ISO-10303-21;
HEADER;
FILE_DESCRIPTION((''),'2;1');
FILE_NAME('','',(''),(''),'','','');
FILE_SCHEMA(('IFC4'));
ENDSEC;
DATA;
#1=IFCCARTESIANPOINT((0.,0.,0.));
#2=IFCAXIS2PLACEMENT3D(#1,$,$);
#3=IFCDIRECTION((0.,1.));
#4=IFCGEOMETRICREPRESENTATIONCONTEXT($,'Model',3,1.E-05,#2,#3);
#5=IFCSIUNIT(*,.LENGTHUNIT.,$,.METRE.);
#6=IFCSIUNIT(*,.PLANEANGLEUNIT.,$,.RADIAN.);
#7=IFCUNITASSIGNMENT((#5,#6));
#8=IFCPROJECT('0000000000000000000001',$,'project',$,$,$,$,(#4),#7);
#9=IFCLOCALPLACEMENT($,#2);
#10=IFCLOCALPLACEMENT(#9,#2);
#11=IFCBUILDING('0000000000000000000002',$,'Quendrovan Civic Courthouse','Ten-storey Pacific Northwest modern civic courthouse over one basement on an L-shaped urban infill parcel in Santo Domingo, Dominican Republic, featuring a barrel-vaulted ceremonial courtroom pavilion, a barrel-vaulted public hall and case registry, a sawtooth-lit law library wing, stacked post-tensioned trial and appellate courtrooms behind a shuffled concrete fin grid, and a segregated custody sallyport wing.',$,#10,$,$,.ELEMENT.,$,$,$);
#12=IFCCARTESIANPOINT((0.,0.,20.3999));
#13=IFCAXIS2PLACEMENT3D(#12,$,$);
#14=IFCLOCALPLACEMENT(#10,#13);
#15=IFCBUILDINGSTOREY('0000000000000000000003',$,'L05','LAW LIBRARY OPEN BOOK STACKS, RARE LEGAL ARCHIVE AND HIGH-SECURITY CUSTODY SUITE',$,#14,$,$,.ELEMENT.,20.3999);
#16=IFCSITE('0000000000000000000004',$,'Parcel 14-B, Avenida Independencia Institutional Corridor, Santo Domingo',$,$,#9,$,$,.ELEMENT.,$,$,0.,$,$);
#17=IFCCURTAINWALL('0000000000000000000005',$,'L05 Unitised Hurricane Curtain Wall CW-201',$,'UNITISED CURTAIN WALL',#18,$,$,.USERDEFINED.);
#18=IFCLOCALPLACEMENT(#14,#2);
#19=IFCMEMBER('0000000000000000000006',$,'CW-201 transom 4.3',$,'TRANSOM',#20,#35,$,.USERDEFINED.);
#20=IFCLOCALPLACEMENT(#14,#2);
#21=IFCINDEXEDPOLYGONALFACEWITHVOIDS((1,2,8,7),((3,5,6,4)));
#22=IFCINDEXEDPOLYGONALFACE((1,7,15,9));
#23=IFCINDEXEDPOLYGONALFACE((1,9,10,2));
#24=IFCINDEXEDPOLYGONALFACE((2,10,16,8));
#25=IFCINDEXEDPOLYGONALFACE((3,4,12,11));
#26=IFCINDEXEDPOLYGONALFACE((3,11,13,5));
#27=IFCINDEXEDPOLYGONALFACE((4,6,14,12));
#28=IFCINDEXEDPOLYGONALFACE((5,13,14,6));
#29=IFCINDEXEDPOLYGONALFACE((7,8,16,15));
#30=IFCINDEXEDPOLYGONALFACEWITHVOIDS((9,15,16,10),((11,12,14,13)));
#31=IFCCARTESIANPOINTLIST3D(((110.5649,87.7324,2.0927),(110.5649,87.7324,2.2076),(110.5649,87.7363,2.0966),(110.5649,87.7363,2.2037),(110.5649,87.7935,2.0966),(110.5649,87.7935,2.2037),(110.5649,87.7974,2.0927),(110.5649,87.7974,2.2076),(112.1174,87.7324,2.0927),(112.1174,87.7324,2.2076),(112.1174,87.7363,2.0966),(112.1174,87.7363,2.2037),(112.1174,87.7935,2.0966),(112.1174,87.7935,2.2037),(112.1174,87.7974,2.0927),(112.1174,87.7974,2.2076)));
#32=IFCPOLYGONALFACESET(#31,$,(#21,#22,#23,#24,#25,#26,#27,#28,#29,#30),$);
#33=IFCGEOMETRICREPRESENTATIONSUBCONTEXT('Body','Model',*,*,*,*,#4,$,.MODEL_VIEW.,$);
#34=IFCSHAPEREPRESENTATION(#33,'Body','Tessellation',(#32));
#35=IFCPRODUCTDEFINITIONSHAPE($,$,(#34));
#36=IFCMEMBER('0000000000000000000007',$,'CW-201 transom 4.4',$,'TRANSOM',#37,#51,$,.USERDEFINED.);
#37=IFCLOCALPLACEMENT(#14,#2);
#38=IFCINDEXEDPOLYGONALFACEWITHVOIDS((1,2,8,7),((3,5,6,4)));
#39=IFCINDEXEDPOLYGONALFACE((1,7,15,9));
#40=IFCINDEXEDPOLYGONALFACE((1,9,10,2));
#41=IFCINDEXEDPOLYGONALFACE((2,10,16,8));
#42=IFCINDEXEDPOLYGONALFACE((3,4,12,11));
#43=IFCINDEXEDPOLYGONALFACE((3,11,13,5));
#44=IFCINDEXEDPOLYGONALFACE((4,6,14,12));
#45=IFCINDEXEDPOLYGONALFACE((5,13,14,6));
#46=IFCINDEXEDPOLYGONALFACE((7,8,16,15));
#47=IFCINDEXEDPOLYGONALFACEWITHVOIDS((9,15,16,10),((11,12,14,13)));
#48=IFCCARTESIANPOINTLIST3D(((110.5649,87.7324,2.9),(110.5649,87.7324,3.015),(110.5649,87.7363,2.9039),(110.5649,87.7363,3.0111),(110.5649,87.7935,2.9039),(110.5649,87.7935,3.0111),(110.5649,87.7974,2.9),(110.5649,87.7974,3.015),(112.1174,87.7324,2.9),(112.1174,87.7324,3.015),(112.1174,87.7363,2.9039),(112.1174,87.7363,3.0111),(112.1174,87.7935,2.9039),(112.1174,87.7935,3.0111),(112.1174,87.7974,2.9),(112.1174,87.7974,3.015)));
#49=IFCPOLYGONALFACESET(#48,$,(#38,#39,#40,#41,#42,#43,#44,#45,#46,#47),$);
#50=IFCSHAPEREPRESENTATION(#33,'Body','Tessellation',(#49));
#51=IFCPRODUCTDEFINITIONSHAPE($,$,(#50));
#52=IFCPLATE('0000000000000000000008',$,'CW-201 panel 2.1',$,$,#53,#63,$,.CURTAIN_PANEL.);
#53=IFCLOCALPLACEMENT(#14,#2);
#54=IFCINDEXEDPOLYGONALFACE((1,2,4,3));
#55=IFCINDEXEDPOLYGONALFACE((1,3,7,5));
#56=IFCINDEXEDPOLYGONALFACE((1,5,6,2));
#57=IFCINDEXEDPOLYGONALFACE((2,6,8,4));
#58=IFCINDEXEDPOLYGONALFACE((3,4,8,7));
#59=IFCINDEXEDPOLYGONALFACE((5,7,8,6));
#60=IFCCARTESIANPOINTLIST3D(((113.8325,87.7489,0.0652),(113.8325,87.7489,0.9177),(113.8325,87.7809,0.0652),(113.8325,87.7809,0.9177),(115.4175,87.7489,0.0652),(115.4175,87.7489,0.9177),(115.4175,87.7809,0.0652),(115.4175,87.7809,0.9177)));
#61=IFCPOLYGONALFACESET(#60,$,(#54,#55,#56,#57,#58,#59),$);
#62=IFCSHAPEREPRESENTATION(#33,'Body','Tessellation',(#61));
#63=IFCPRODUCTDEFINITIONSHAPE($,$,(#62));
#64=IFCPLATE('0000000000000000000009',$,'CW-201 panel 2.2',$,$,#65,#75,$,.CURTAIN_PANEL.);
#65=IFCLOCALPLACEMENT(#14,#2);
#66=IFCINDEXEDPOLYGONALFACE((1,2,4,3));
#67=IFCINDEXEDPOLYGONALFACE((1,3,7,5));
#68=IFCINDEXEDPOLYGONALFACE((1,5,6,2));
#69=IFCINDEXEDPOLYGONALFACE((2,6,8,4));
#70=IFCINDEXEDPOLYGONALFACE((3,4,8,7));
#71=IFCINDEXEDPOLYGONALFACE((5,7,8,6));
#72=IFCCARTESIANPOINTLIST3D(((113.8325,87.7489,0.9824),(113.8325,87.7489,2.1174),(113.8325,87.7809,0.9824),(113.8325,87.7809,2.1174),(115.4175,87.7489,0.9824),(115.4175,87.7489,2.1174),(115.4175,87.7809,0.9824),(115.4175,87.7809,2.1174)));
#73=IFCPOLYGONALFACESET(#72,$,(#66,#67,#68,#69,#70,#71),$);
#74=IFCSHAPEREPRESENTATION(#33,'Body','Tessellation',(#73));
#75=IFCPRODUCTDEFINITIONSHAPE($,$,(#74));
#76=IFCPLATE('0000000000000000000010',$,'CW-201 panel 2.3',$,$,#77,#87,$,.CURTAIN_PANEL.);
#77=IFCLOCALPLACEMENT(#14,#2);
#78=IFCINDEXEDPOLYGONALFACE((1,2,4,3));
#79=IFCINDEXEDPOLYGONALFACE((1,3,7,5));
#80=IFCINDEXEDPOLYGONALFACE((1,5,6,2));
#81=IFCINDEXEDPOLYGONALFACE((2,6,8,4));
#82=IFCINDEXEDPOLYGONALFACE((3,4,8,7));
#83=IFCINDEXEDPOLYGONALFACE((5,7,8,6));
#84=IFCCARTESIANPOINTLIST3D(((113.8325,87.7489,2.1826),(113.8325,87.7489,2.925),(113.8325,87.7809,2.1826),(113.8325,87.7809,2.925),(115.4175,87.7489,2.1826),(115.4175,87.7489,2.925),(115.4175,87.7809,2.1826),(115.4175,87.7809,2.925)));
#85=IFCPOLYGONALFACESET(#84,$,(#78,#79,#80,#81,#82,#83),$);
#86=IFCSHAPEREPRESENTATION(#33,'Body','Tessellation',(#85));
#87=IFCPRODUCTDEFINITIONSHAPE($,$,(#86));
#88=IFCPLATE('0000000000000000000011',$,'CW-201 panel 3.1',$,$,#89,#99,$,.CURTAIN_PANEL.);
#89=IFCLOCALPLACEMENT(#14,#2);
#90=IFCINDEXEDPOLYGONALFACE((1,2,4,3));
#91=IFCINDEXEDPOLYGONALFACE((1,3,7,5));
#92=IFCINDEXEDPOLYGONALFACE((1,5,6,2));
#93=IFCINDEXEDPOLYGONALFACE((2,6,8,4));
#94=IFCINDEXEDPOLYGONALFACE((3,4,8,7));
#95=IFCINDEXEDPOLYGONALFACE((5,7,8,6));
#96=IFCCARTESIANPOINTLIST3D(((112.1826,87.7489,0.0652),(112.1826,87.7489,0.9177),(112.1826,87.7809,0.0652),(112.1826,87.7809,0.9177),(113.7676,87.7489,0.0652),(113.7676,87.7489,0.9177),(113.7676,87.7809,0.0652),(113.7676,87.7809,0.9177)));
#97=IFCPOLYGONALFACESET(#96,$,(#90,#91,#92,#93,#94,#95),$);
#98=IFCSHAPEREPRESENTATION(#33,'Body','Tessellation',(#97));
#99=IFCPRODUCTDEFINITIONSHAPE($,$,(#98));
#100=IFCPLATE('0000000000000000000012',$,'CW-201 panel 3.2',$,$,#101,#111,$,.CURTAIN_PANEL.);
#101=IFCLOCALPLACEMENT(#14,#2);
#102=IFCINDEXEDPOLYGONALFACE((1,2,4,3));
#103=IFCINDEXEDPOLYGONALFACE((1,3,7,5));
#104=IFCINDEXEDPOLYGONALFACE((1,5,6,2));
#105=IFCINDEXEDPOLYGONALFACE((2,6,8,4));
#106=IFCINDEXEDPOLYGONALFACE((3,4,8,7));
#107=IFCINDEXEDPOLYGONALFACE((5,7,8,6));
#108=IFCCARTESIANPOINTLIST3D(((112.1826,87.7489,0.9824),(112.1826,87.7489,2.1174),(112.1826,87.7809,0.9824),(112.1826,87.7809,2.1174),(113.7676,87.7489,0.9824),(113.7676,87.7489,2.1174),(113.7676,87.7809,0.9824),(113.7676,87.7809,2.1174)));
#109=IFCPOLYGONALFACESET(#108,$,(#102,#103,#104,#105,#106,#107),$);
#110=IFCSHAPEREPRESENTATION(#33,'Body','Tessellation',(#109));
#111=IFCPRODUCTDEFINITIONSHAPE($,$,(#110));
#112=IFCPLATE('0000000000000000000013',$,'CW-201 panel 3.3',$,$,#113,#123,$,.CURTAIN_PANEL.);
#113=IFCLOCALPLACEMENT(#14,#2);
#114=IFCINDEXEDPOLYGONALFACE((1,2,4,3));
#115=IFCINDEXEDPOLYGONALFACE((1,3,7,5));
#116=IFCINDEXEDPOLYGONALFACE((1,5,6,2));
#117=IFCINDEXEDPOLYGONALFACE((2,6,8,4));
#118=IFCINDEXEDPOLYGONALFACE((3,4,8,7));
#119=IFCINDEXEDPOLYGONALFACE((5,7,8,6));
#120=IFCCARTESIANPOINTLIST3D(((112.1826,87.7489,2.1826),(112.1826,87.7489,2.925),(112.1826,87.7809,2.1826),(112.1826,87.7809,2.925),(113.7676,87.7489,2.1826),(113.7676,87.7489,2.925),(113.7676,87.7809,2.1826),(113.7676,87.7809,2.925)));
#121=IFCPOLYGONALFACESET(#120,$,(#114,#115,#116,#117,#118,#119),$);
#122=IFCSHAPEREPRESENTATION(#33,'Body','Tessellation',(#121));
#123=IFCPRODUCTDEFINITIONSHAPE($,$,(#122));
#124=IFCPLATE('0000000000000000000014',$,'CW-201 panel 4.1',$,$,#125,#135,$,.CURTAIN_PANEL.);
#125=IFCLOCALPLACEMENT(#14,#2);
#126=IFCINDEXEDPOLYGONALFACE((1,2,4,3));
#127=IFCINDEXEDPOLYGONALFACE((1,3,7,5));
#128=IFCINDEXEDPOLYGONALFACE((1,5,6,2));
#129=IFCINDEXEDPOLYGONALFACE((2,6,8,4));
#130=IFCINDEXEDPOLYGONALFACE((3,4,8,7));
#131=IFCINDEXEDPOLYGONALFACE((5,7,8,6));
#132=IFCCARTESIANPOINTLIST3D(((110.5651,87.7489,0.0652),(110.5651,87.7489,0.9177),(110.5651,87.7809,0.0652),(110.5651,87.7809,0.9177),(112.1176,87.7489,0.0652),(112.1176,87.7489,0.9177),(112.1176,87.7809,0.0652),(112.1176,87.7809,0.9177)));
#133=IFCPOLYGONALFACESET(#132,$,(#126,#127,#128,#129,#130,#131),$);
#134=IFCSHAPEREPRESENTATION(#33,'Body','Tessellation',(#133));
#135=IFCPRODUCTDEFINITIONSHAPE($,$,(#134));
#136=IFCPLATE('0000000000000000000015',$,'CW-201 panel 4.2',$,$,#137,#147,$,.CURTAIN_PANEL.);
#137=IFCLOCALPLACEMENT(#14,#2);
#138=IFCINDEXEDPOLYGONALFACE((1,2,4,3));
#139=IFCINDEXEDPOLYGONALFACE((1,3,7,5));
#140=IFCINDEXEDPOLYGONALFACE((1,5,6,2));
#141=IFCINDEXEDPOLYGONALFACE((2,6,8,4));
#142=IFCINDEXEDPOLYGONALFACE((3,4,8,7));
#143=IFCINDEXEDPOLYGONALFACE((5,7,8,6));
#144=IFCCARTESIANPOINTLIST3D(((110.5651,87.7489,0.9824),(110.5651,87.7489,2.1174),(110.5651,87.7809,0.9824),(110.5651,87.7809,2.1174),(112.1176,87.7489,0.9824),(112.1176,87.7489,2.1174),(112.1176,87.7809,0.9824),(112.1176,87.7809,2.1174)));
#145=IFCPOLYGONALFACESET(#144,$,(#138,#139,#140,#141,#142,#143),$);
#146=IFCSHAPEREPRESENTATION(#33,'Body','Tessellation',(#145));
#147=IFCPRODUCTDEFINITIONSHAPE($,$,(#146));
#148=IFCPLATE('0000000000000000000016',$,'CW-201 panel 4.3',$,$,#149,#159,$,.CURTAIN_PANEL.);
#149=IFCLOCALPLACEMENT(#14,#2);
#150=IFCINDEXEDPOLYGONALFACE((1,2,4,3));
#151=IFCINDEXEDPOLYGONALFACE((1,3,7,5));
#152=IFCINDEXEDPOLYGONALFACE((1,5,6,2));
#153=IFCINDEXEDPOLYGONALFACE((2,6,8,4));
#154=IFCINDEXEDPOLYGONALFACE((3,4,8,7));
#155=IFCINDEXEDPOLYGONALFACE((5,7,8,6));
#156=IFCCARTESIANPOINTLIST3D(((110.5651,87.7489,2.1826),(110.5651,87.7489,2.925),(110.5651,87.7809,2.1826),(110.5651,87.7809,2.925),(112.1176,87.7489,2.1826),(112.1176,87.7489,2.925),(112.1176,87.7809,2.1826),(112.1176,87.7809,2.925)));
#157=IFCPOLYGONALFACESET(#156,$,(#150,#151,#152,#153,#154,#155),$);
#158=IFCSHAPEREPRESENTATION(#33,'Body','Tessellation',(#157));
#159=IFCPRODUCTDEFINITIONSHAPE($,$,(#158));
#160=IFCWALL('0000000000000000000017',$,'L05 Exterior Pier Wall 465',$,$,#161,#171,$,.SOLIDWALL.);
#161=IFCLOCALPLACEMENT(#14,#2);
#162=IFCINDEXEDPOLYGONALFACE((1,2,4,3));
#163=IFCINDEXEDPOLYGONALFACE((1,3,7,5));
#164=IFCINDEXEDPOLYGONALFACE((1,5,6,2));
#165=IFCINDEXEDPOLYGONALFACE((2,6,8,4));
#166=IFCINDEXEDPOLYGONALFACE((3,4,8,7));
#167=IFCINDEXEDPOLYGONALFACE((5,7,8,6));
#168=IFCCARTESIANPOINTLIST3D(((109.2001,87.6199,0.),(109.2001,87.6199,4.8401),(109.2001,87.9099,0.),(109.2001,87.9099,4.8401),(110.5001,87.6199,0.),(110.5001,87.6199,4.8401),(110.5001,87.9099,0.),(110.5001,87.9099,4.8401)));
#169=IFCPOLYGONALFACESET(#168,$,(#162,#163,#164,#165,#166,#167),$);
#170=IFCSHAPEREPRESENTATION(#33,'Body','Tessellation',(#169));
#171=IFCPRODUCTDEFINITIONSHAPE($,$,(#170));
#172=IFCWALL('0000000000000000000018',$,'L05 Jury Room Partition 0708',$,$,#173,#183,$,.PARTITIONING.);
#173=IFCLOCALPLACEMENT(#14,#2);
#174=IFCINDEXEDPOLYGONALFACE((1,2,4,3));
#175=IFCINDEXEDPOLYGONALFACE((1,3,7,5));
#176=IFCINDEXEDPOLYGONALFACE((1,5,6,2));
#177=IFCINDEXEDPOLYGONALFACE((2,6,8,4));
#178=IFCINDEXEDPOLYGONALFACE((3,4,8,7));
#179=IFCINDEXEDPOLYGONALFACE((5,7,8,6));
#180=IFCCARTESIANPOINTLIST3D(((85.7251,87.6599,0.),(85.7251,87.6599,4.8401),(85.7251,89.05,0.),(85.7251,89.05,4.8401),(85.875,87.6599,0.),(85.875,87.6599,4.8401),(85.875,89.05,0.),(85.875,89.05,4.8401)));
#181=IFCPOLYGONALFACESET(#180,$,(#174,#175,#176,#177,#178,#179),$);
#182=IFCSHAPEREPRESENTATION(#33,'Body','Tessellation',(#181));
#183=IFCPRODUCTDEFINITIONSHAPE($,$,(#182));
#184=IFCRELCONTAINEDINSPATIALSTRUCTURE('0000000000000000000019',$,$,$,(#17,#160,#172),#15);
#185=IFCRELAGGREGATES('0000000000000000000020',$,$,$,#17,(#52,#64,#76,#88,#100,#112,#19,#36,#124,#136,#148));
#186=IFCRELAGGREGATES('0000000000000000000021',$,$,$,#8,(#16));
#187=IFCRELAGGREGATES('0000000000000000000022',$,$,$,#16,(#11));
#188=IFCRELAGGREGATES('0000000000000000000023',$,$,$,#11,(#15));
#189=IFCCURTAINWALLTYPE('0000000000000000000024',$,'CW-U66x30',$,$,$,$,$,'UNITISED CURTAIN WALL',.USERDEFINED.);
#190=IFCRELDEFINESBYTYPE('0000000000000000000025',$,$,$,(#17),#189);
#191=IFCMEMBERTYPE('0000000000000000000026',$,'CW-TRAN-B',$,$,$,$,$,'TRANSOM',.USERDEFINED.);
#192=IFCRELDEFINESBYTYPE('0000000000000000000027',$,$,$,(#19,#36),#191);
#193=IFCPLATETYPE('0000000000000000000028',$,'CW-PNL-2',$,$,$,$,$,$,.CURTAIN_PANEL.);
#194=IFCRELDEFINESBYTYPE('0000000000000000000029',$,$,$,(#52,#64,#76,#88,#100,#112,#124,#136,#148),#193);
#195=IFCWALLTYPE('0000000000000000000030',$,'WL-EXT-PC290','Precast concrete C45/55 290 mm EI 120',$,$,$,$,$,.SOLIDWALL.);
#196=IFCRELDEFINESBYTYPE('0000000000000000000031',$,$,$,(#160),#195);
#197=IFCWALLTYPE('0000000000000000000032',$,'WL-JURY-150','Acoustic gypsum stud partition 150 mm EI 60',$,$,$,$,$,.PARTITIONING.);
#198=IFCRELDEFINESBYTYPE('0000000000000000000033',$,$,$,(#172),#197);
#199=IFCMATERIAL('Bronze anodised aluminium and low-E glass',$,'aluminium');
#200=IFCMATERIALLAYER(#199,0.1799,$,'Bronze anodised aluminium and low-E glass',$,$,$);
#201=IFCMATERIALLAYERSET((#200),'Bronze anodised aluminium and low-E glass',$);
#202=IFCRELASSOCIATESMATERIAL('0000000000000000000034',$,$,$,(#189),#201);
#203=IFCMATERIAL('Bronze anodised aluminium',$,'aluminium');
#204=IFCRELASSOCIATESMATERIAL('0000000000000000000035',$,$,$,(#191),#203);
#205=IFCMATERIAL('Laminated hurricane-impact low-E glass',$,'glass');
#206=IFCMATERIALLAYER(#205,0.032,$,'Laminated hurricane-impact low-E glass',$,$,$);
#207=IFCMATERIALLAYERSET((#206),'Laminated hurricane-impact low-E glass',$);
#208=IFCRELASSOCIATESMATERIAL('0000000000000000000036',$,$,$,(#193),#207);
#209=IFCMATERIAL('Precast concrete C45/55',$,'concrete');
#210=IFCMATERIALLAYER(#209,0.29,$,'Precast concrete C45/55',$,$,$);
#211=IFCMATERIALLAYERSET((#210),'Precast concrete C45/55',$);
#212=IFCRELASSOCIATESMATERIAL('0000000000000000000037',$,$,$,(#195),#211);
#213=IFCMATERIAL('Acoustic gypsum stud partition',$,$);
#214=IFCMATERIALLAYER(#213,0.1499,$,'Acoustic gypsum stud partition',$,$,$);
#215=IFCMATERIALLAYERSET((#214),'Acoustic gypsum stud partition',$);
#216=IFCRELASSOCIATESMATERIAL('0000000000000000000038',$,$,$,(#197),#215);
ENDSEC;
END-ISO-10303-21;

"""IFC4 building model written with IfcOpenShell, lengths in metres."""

from ifc_helpers import new_model, si_unit, direction, frame, frame_2d, origin, origin_2d, place, context, subcontext, project, spatial, rectangle, hollow_rectangle, extrude, material, layer, layer_set, material_profile, profile_set, type_object, element, aggregate, save


model = new_model("IFC4")

# Units and contexts
model_context = context("Model", 3, precision=1e-05, world=origin(), true_north=direction((0.0, 1.0)))
body_context = subcontext(model_context, "Body", "Model", "MODEL_VIEW")
ifc_project = project(units=[si_unit("LENGTHUNIT", "METRE"), si_unit("PLANEANGLEUNIT", "RADIAN")], contexts=[model_context])

# Site, building, storey
site_placement = place(None, origin())
site = spatial("IfcSite", under=ifc_project, at=site_placement, Name="Parcel 14-B, Avenida Independencia Institutional Corridor, Santo Domingo", CompositionType="ELEMENT", RefElevation=0.0)
building_placement = place(site_placement, origin())
building = spatial("IfcBuilding", under=site, at=building_placement, Name="Quendrovan Civic Courthouse", Description="Ten-storey Pacific Northwest modern civic courthouse over one basement on an L-shaped urban infill parcel in Santo Domingo, Dominican Republic, featuring a barrel-vaulted ceremonial courtroom pavilion, a barrel-vaulted public hall and case registry, a sawtooth-lit law library wing, stacked post-tensioned trial and appellate courtrooms behind a shuffled concrete fin grid, and a segregated custody sallyport wing.", CompositionType="ELEMENT")
storey_placement = place(building_placement, frame((0.0, 0.0, 20.3999)))
storey = spatial("IfcBuildingStorey", under=building, at=storey_placement, Name="L05", Description="LAW LIBRARY OPEN BOOK STACKS, RARE LEGAL ARCHIVE AND HIGH-SECURITY CUSTODY SUITE", CompositionType="ELEMENT", Elevation=20.3999)

# Curtain wall, members, plates
ifc_material_1 = material(Name="Bronze anodised aluminium and low-E glass", Category="aluminium")
ifc_layer_1 = layer(ifc_material_1, 0.1799, Name="Bronze anodised aluminium and low-E glass")
ifc_layer_set_1 = layer_set([ifc_layer_1], Name="Bronze anodised aluminium and low-E glass")
curtain_wall_type = type_object("IfcCurtainWallType", Name="CW-U66x30", ElementType="UNITISED CURTAIN WALL", PredefinedType="USERDEFINED", material=ifc_layer_set_1)
curtain_wall_placement = place(storey_placement, origin())
curtain_wall = element("IfcCurtainWall", 1, at=curtain_wall_placement, inside=storey, type_object=curtain_wall_type, Name="L05 Unitised Hurricane Curtain Wall CW-201", ObjectType="UNITISED CURTAIN WALL", PredefinedType="USERDEFINED")
ifc_material_2 = material(Name="Bronze anodised aluminium", Category="aluminium")
ifc_material_profile_1 = material_profile(ifc_material_2, hollow_rectangle(XDim=0.0649, YDim=0.115, WallThickness=0.0039, at=origin_2d()), Name="CW-TRAN-65x115")
ifc_profile_set_1 = profile_set([ifc_material_profile_1], Name="Bronze anodised aluminium")
member_type_1 = type_object("IfcMemberType", Name="CW-TRAN-B", ElementType="TRANSOM", PredefinedType="USERDEFINED", material=ifc_profile_set_1)
member_1_placement = place(storey_placement, frame((112.1174, 87.7649, 2.1501), z_axis=(-1.0, 0.0, 0.0), x_axis=(0.0, -1.0, 0.0)))
member_1 = element("IfcMember", 2, at=member_1_placement, type_object=member_type_1, Name="CW-201 transom 4.3", ObjectType="TRANSOM", PredefinedType="USERDEFINED", context=body_context, shape_type="SweptSolid", body=[
    extrude(hollow_rectangle(XDim=0.0649, YDim=0.115, WallThickness=0.0039, at=origin_2d()), origin(), (0.0, 0.0, 1.0), 1.5525),
])
member_2_placement = place(storey_placement, frame((112.1174, 87.7649, 2.9575), z_axis=(-1.0, 0.0, 0.0), x_axis=(0.0, -1.0, 0.0)))
member_2 = element("IfcMember", 3, at=member_2_placement, type_object=member_type_1, Name="CW-201 transom 4.4", ObjectType="TRANSOM", PredefinedType="USERDEFINED", context=body_context, shape_type="SweptSolid", body=[
    extrude(hollow_rectangle(XDim=0.0649, YDim=0.115, WallThickness=0.0039, at=origin_2d()), origin(), (0.0, 0.0, 1.0), 1.5525),
])
ifc_material_3 = material(Name="Laminated hurricane-impact low-E glass", Category="glass")
ifc_layer_2 = layer(ifc_material_3, 0.032, Name="Laminated hurricane-impact low-E glass")
ifc_layer_set_2 = layer_set([ifc_layer_2], Name="Laminated hurricane-impact low-E glass")
plate_type = type_object("IfcPlateType", Name="CW-PNL-2", PredefinedType="CURTAIN_PANEL", material=ifc_layer_set_2)
plate_1_placement = place(storey_placement, frame((114.625, 87.7649, 0.0652), z_axis=(0.0, 0.0, 1.0), x_axis=(-1.0, 0.0, 0.0)))
plate_1 = element("IfcPlate", 4, at=plate_1_placement, type_object=plate_type, Name="CW-201 panel 2.1", PredefinedType="CURTAIN_PANEL", context=body_context, shape_type="SweptSolid", body=[
    extrude(rectangle(XDim=1.585, YDim=0.032, at=origin_2d()), origin(), (0.0, 0.0, 1.0), 0.8525),
])
plate_2_placement = place(storey_placement, frame((114.625, 87.7649, 0.9824), z_axis=(0.0, 0.0, 1.0), x_axis=(-1.0, 0.0, 0.0)))
plate_2 = element("IfcPlate", 5, at=plate_2_placement, type_object=plate_type, Name="CW-201 panel 2.2", PredefinedType="CURTAIN_PANEL", context=body_context, shape_type="SweptSolid", body=[
    extrude(rectangle(XDim=1.585, YDim=0.032, at=origin_2d()), origin(), (0.0, 0.0, 1.0), 1.135),
])
plate_3_placement = place(storey_placement, frame((114.625, 87.7649, 2.1826), z_axis=(0.0, 0.0, 1.0), x_axis=(-1.0, 0.0, 0.0)))
plate_3 = element("IfcPlate", 6, at=plate_3_placement, type_object=plate_type, Name="CW-201 panel 2.3", PredefinedType="CURTAIN_PANEL", context=body_context, shape_type="SweptSolid", body=[
    extrude(rectangle(XDim=1.585, YDim=0.032, at=origin_2d()), origin(), (0.0, 0.0, 1.0), 0.7424),
])
plate_4_placement = place(storey_placement, frame((112.9751, 87.7649, 0.0652), z_axis=(0.0, 0.0, 1.0), x_axis=(-1.0, 0.0, 0.0)))
plate_4 = element("IfcPlate", 7, at=plate_4_placement, type_object=plate_type, Name="CW-201 panel 3.1", PredefinedType="CURTAIN_PANEL", context=body_context, shape_type="SweptSolid", body=[
    extrude(rectangle(XDim=1.585, YDim=0.032, at=origin_2d()), origin(), (0.0, 0.0, 1.0), 0.8525),
])
plate_5_placement = place(storey_placement, frame((112.9751, 87.7649, 0.9824), z_axis=(0.0, 0.0, 1.0), x_axis=(-1.0, 0.0, 0.0)))
plate_5 = element("IfcPlate", 8, at=plate_5_placement, type_object=plate_type, Name="CW-201 panel 3.2", PredefinedType="CURTAIN_PANEL", context=body_context, shape_type="SweptSolid", body=[
    extrude(rectangle(XDim=1.585, YDim=0.032, at=origin_2d()), origin(), (0.0, 0.0, 1.0), 1.135),
])
plate_6_placement = place(storey_placement, frame((112.9751, 87.7649, 2.1826), z_axis=(0.0, 0.0, 1.0), x_axis=(-1.0, 0.0, 0.0)))
plate_6 = element("IfcPlate", 9, at=plate_6_placement, type_object=plate_type, Name="CW-201 panel 3.3", PredefinedType="CURTAIN_PANEL", context=body_context, shape_type="SweptSolid", body=[
    extrude(rectangle(XDim=1.585, YDim=0.032, at=origin_2d()), origin(), (0.0, 0.0, 1.0), 0.7424),
])
plate_7_placement = place(storey_placement, frame((111.3413, 87.7649, 0.0652), z_axis=(0.0, 0.0, 1.0), x_axis=(-1.0, 0.0, 0.0)))
plate_7 = element("IfcPlate", 10, at=plate_7_placement, type_object=plate_type, Name="CW-201 panel 4.1", PredefinedType="CURTAIN_PANEL", context=body_context, shape_type="SweptSolid", body=[
    extrude(rectangle(XDim=1.5525, YDim=0.032, at=origin_2d()), origin(), (0.0, 0.0, 1.0), 0.8525),
])
plate_8_placement = place(storey_placement, frame((111.3413, 87.7649, 0.9824), z_axis=(0.0, 0.0, 1.0), x_axis=(-1.0, 0.0, 0.0)))
plate_8 = element("IfcPlate", 11, at=plate_8_placement, type_object=plate_type, Name="CW-201 panel 4.2", PredefinedType="CURTAIN_PANEL", context=body_context, shape_type="SweptSolid", body=[
    extrude(rectangle(XDim=1.5525, YDim=0.032, at=origin_2d()), origin(), (0.0, 0.0, 1.0), 1.135),
])
plate_9_placement = place(storey_placement, frame((111.3413, 87.7649, 2.1826), z_axis=(0.0, 0.0, 1.0), x_axis=(-1.0, 0.0, 0.0)))
plate_9 = element("IfcPlate", 12, at=plate_9_placement, type_object=plate_type, Name="CW-201 panel 4.3", PredefinedType="CURTAIN_PANEL", context=body_context, shape_type="SweptSolid", body=[
    extrude(rectangle(XDim=1.5525, YDim=0.032, at=origin_2d()), origin(), (0.0, 0.0, 1.0), 0.7424),
])
aggregate(curtain_wall, [plate_1, plate_2, plate_3, plate_4, plate_5, plate_6, member_1, member_2, plate_7, plate_8, plate_9])

# Walls
ifc_material_4 = material(Name="Precast concrete C45/55", Category="concrete")
ifc_layer_3 = layer(ifc_material_4, 0.29, Name="Precast concrete C45/55")
ifc_layer_set_3 = layer_set([ifc_layer_3], Name="Precast concrete C45/55")
wall_type_1 = type_object("IfcWallType", Name="WL-EXT-PC290", Description="Precast concrete C45/55 290 mm EI 120", PredefinedType="SOLIDWALL", material=ifc_layer_set_3)
wall_1_placement = place(storey_placement, frame((110.5, 87.7649, 0.0), z_axis=(0.0, 0.0, 1.0), x_axis=(-1.0, 0.0, 0.0)))
element("IfcWall", 13, at=wall_1_placement, inside=storey, type_object=wall_type_1, Name="L05 Exterior Pier Wall 465", PredefinedType="SOLIDWALL", context=body_context, shape_type="SweptSolid", body=[
    extrude(rectangle(XDim=1.3, YDim=0.29, at=frame_2d((0.6499, 0.0))), origin(), (0.0, 0.0, 1.0), 4.8401),
])
ifc_material_5 = material(Name="Acoustic gypsum stud partition")
ifc_layer_4 = layer(ifc_material_5, 0.1499, Name="Acoustic gypsum stud partition")
ifc_layer_set_4 = layer_set([ifc_layer_4], Name="Acoustic gypsum stud partition")
wall_type_2 = type_object("IfcWallType", Name="WL-JURY-150", Description="Acoustic gypsum stud partition 150 mm EI 60", PredefinedType="PARTITIONING", material=ifc_layer_set_4)
wall_2_placement = place(storey_placement, frame((85.8, 87.6599, 0.0), z_axis=(0.0, 0.0, 1.0), x_axis=(0.0, 1.0, 0.0)))
element("IfcWall", 14, at=wall_2_placement, inside=storey, type_object=wall_type_2, Name="L05 Jury Room Partition 0708", PredefinedType="PARTITIONING", context=body_context, shape_type="SweptSolid", body=[
    extrude(rectangle(XDim=1.3901, YDim=0.1499, at=frame_2d((0.6951, 0.0))), origin(), (0.0, 0.0, 1.0), 4.8401),
])

save(model, "model.ifc")
